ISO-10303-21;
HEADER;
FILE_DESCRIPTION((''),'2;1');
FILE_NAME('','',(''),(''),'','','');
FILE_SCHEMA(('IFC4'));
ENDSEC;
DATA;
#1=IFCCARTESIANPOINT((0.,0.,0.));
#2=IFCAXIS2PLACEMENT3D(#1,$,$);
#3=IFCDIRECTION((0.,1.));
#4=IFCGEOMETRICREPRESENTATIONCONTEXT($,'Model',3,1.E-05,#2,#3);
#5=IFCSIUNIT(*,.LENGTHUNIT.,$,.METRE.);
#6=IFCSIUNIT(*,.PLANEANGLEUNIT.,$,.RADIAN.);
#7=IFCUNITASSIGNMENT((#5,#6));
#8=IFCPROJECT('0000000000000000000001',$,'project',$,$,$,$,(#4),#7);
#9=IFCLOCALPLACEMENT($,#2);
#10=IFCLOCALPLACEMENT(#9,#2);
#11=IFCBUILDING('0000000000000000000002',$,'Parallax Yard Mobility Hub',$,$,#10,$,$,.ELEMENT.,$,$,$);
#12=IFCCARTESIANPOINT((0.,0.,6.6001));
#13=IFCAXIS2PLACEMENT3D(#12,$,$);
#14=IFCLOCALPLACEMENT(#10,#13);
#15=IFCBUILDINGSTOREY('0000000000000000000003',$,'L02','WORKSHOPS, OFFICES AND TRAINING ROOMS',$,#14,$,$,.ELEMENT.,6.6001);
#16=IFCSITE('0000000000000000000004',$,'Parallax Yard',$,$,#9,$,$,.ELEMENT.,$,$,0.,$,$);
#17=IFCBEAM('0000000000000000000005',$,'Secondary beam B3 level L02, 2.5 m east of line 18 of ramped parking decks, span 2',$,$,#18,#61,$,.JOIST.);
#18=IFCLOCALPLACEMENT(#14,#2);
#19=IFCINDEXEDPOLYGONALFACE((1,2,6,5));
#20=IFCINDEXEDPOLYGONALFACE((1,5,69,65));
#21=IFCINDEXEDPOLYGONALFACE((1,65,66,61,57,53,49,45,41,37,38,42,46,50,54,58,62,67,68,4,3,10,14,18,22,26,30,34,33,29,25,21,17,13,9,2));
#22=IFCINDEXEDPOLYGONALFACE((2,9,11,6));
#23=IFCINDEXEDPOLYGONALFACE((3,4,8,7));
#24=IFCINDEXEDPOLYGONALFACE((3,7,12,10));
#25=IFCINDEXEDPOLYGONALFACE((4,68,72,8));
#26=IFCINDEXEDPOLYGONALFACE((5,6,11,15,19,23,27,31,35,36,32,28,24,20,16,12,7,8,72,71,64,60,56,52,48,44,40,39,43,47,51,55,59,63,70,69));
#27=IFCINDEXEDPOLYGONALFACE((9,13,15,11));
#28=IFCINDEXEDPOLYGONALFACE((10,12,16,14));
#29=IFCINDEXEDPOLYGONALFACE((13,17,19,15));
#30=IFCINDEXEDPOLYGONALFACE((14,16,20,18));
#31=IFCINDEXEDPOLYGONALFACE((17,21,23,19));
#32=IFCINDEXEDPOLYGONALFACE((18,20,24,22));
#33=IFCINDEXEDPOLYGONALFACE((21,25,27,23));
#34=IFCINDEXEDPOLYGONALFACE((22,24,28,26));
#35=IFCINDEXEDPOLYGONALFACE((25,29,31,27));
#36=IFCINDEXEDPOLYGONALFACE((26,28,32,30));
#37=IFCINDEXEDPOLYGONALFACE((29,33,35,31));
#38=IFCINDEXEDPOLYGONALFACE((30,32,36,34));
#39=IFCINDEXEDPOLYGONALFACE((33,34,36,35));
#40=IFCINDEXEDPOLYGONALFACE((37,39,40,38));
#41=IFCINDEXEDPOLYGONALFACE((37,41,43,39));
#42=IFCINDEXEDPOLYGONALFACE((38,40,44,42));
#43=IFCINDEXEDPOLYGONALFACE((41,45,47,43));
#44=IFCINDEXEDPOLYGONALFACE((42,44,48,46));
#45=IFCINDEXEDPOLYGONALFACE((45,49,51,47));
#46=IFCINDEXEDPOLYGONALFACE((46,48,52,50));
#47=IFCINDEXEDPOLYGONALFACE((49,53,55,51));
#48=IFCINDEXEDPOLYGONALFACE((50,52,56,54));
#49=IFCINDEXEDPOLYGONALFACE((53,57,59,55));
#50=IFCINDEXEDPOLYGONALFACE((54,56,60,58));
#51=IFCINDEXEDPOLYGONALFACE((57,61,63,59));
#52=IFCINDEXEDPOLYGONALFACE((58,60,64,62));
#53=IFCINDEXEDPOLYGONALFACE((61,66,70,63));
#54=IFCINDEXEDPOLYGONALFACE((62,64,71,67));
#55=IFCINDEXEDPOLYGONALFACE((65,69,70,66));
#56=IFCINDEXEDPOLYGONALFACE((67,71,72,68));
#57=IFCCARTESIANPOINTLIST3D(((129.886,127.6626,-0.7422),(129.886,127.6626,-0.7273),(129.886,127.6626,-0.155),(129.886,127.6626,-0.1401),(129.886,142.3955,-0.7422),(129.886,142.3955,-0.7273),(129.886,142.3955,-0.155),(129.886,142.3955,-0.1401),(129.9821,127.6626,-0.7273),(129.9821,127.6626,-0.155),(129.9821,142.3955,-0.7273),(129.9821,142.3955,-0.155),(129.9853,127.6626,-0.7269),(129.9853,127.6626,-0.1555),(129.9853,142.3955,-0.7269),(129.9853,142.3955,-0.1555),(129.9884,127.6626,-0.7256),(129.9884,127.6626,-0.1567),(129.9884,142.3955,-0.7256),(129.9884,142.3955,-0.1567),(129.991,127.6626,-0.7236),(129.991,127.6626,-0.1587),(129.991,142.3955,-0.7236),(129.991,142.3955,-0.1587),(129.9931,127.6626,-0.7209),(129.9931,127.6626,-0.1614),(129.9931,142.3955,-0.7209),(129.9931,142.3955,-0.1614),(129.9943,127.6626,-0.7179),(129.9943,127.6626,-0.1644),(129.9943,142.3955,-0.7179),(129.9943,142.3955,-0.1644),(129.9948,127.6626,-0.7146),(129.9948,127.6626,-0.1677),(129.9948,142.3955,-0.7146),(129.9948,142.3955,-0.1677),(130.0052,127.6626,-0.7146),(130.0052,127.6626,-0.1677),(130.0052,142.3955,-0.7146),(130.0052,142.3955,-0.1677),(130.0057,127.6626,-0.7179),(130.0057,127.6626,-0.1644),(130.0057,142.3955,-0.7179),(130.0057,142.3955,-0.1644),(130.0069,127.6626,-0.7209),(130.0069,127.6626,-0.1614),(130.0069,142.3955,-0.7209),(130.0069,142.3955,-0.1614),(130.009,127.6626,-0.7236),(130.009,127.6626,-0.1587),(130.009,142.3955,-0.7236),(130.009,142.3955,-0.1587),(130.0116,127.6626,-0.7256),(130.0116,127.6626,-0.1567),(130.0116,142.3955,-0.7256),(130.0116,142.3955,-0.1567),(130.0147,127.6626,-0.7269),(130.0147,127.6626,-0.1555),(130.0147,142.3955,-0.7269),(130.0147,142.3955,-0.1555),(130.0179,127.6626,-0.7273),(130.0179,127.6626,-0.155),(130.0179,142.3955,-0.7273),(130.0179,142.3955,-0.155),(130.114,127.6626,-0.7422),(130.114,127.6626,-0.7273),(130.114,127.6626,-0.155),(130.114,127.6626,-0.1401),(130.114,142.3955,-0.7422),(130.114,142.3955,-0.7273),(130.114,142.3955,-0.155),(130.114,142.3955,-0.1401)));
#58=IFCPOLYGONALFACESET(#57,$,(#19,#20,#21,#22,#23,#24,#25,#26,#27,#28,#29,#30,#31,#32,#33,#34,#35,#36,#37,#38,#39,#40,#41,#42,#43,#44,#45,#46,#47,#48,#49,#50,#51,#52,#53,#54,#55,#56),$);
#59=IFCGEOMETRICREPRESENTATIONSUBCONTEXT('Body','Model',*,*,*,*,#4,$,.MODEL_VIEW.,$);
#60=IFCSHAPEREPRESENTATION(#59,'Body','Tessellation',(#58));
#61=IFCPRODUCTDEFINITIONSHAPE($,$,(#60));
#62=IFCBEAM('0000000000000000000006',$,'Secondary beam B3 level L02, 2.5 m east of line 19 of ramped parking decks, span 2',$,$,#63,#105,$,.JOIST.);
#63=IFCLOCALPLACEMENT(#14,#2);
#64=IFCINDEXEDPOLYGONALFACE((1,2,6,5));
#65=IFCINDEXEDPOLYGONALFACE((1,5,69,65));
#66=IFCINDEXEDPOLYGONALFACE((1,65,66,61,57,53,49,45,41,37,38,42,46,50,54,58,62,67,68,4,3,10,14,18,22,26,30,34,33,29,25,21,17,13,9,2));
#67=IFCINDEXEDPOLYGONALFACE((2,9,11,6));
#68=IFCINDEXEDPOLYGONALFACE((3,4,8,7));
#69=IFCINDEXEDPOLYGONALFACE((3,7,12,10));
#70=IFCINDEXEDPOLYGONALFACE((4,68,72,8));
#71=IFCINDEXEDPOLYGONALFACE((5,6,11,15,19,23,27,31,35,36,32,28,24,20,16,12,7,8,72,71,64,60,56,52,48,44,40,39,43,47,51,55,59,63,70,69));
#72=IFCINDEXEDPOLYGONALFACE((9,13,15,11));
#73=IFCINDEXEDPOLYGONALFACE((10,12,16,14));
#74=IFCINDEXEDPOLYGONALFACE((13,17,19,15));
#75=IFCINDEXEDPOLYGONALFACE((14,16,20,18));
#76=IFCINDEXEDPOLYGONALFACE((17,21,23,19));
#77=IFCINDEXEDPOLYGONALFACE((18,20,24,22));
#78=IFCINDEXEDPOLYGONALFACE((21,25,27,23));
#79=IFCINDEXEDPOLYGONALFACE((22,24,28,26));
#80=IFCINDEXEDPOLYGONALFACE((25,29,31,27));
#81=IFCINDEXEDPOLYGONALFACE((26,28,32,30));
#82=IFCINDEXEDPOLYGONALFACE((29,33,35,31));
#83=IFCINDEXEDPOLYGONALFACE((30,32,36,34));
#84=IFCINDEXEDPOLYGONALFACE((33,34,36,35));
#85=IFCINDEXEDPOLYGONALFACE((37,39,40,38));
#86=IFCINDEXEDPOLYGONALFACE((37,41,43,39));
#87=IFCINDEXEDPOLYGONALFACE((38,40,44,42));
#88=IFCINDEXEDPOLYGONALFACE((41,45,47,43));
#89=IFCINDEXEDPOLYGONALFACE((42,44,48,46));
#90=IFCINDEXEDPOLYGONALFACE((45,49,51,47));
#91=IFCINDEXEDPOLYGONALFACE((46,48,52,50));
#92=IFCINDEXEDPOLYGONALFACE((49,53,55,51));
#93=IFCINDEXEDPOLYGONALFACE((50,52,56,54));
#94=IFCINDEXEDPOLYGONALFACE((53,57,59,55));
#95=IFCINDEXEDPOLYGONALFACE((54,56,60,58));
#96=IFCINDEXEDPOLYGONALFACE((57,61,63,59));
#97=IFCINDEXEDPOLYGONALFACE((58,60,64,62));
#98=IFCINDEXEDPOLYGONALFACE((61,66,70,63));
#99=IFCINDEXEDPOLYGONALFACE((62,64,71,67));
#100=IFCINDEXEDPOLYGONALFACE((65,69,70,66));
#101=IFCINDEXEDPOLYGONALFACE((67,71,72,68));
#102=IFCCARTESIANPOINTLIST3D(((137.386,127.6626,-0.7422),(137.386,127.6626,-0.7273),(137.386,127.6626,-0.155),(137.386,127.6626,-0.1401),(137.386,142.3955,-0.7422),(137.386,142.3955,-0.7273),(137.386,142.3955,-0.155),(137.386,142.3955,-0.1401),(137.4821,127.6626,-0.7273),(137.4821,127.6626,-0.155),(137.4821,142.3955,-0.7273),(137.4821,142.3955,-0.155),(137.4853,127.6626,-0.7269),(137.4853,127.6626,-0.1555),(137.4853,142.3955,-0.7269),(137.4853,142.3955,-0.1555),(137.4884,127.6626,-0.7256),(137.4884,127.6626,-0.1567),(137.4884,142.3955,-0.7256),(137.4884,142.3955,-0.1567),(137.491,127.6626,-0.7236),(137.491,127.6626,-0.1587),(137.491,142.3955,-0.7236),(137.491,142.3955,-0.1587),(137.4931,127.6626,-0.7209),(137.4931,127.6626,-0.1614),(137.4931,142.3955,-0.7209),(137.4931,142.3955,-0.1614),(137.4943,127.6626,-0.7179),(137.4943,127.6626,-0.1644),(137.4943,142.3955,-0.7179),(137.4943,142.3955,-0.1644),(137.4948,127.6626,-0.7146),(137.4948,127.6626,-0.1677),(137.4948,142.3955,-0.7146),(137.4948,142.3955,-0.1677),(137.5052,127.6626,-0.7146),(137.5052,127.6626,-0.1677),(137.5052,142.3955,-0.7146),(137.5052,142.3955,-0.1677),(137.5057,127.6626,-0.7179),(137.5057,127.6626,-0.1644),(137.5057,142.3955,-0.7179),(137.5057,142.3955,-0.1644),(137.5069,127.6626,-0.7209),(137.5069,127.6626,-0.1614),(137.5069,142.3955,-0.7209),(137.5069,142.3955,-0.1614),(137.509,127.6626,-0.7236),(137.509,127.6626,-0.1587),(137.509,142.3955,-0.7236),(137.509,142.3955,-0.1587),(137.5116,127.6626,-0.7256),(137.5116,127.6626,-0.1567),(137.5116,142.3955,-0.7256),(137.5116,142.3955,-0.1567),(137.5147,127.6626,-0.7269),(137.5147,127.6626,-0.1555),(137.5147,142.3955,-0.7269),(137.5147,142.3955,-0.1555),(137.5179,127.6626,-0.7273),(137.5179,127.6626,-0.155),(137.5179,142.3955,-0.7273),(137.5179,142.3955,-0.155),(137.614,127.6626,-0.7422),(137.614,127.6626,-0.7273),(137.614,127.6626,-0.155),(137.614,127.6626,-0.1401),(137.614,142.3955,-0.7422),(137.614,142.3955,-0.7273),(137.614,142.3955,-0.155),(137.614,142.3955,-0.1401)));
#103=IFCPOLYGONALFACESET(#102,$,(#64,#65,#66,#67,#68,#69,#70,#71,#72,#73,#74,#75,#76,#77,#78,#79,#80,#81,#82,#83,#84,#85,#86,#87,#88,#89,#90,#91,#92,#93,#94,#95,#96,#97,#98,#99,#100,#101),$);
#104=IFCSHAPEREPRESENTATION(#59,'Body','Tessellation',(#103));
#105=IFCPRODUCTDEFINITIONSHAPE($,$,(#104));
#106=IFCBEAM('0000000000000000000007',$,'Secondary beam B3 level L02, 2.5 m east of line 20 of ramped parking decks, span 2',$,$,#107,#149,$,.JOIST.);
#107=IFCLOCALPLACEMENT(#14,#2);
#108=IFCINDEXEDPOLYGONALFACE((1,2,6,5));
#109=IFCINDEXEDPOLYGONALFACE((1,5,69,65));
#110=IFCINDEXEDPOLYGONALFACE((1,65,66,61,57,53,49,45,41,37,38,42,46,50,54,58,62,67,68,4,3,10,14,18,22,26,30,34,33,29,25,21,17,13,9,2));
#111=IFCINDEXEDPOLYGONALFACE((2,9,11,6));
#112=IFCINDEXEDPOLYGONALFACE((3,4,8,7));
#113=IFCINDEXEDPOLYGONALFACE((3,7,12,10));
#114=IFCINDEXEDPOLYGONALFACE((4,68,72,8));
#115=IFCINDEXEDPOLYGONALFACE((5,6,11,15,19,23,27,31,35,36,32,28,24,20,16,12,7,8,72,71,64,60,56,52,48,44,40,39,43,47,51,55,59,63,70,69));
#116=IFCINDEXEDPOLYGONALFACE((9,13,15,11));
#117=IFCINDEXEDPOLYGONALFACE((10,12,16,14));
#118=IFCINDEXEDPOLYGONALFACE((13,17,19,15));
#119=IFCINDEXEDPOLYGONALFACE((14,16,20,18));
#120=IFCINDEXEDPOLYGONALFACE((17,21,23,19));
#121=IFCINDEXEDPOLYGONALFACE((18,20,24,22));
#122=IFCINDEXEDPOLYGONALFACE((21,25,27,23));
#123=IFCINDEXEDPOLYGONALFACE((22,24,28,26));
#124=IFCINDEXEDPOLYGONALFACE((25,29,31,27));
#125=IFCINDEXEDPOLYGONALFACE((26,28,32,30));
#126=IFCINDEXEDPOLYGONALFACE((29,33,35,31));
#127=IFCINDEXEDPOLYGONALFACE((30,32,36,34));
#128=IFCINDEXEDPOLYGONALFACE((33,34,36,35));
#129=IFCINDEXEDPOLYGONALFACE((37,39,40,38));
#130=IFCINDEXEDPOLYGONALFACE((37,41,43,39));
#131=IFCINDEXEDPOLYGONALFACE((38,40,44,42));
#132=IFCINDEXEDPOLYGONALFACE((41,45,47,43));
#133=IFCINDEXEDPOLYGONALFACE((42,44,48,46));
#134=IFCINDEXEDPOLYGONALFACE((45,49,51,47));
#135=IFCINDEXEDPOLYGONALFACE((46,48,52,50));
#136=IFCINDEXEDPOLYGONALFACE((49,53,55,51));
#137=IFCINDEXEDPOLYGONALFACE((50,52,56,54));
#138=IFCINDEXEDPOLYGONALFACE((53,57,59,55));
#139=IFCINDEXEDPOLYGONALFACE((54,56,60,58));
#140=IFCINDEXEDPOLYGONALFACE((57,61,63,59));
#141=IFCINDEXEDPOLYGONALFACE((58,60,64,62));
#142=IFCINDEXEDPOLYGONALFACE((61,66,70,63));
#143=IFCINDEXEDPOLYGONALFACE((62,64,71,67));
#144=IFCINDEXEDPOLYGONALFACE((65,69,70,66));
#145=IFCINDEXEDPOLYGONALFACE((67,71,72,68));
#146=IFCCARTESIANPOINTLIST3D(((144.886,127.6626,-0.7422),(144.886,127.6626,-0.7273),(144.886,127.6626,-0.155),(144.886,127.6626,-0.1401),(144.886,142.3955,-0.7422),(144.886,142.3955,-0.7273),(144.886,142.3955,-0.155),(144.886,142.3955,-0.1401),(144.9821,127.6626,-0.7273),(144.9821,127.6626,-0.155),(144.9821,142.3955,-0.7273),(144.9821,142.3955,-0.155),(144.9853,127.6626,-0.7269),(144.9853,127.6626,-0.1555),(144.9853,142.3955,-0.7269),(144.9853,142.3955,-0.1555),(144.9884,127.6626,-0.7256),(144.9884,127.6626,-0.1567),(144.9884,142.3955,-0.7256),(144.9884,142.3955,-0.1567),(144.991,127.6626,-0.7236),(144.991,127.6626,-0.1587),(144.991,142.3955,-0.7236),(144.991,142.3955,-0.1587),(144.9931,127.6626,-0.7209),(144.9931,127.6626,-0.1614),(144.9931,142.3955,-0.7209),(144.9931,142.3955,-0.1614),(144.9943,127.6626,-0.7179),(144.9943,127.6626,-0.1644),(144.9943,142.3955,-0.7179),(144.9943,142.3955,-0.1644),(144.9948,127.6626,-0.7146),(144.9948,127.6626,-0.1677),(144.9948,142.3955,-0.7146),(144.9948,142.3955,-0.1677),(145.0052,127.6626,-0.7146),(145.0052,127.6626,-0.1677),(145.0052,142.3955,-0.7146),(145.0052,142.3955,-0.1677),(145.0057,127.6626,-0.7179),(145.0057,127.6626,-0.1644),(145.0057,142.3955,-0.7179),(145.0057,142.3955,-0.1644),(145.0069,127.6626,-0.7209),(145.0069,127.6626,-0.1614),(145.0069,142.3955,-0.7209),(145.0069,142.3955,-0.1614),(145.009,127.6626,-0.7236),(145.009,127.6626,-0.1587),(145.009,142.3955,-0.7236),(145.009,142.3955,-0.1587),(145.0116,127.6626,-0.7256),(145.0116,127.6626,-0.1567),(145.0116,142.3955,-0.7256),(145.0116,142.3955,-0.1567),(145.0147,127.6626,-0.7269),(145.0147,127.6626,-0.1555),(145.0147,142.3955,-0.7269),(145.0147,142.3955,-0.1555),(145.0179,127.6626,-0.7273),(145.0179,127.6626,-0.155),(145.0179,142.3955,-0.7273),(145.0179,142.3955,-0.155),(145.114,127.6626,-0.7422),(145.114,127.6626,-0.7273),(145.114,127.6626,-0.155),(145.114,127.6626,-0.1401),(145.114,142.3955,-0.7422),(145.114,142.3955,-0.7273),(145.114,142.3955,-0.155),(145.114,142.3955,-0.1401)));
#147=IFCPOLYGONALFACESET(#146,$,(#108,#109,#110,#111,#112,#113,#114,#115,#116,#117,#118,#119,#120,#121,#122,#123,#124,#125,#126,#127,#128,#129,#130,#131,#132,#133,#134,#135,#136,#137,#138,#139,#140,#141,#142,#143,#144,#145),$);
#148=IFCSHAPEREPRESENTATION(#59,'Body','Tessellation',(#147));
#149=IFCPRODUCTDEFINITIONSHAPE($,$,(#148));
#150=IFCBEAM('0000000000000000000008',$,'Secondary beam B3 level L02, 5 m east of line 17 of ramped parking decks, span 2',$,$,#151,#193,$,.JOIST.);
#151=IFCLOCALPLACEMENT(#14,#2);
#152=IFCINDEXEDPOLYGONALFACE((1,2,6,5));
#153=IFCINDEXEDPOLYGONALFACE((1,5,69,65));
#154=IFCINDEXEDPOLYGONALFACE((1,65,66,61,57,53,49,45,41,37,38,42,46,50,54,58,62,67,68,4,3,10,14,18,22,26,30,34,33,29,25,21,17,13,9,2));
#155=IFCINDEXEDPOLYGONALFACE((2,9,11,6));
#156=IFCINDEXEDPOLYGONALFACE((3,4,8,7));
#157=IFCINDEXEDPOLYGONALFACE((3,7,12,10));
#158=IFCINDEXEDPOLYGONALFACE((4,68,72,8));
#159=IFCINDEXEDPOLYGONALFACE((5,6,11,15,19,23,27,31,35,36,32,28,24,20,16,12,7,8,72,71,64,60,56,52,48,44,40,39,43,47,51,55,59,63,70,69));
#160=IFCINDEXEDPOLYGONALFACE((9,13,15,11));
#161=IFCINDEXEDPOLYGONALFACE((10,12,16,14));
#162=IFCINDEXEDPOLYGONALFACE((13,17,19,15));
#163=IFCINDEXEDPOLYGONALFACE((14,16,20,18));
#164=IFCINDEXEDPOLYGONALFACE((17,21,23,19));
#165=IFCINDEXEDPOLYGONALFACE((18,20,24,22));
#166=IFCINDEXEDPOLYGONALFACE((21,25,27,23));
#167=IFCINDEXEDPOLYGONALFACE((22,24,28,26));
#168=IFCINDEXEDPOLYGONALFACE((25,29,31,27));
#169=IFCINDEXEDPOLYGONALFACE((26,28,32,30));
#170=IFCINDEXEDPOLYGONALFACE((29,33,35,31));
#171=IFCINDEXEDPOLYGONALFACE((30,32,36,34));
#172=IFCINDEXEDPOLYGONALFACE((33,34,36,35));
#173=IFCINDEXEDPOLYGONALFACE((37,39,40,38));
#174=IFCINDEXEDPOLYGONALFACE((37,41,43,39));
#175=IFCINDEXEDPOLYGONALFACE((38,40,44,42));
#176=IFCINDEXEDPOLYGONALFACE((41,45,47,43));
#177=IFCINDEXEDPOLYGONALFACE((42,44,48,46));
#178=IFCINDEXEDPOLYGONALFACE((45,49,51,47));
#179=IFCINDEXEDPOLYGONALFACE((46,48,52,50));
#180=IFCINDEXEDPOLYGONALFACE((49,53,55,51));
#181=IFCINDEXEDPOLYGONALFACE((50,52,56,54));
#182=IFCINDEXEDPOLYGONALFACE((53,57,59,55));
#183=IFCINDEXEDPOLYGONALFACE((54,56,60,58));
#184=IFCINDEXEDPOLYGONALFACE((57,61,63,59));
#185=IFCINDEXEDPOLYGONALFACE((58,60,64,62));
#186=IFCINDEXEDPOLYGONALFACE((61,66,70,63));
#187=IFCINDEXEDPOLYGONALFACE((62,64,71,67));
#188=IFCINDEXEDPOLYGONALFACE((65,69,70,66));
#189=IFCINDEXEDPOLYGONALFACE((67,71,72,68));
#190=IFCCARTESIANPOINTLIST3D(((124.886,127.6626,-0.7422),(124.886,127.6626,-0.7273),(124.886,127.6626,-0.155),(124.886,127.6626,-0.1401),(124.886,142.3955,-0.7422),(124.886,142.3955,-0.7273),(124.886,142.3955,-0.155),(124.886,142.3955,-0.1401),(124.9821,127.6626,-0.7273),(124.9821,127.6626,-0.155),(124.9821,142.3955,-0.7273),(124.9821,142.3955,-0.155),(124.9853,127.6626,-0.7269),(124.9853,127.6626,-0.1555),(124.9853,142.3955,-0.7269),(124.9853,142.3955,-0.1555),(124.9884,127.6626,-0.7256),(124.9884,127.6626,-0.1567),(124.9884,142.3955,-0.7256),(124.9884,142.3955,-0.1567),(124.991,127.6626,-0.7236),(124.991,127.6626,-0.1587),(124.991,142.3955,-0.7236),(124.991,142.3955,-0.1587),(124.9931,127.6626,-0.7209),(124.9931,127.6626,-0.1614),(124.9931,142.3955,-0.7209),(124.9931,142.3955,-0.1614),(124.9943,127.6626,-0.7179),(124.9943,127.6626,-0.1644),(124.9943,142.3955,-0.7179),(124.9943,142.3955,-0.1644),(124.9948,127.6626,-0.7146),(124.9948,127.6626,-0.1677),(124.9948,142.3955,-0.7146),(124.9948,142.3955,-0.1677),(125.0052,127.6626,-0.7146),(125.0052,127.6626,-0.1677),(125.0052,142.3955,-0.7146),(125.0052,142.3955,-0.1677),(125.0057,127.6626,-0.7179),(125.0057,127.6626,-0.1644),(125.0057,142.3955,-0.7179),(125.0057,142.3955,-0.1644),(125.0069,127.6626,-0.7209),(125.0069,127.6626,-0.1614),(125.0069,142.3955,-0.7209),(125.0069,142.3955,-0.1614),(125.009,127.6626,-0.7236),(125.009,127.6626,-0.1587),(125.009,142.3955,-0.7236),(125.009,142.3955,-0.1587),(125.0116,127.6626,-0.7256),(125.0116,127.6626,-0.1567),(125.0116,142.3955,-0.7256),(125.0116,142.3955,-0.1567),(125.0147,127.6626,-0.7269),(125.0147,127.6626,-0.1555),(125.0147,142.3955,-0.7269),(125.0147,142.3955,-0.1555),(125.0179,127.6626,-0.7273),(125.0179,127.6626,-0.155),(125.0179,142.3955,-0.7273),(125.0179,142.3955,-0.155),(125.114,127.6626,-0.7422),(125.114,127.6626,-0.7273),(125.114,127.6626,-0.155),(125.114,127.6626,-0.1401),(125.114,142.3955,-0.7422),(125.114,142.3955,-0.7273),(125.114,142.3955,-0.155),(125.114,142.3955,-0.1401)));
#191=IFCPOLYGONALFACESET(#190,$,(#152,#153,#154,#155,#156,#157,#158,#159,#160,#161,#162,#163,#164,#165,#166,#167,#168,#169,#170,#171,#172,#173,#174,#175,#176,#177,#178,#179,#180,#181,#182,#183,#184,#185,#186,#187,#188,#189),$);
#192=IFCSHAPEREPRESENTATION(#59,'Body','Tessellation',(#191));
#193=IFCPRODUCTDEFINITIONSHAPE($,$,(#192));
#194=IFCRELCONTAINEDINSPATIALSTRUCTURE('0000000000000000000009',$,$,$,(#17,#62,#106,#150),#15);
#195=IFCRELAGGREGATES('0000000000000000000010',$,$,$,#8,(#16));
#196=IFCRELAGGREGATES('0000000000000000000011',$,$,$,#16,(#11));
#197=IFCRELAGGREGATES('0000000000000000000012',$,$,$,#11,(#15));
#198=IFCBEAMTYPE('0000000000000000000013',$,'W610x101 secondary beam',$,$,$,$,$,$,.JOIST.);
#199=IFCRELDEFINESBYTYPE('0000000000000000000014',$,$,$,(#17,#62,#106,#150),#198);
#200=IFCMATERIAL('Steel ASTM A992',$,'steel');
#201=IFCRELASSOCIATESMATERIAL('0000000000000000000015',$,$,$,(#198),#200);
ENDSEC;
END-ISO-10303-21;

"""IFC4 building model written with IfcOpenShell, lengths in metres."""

from ifc_helpers import new_model, si_unit, direction, frame, origin, origin_2d, place, context, subcontext, project, spatial, i_section, extrude, material, material_profile, profile_set, type_object, element, save


model = new_model("IFC4")

# Units and contexts
model_context = context("Model", 3, precision=1e-05, world=origin(), true_north=direction((0.0, 1.0)))
body_context = subcontext(model_context, "Body", "Model", "MODEL_VIEW")
ifc_project = project(units=[si_unit("LENGTHUNIT", "METRE"), si_unit("PLANEANGLEUNIT", "RADIAN")], contexts=[model_context])

# Site, building, storey
site_placement = place(None, origin())
site = spatial("IfcSite", under=ifc_project, at=site_placement, Name="Parallax Yard", CompositionType="ELEMENT", RefElevation=0.0)
building_placement = place(site_placement, origin())
building = spatial("IfcBuilding", under=site, at=building_placement, Name="Parallax Yard Mobility Hub", CompositionType="ELEMENT")
storey_placement = place(building_placement, frame((0.0, 0.0, 6.6001)))
storey = spatial("IfcBuildingStorey", under=building, at=storey_placement, Name="L02", Description="WORKSHOPS, OFFICES AND TRAINING ROOMS", CompositionType="ELEMENT", Elevation=6.6001)

# Shared definitions
ifc_material_1 = material(Name="Steel ASTM A992", Category="steel")

# Beams
ifc_material_profile_1 = material_profile(ifc_material_1, i_section(OverallWidth=0.228, OverallDepth=0.6021, WebThickness=0.0105, FlangeThickness=0.0149, FilletRadius=0.0127, at=origin_2d()), Name="W610x101")
ifc_profile_set_1 = profile_set([ifc_material_profile_1], Name="Steel ASTM A992")
beam_type_1 = type_object("IfcBeamType", Name="W610x101 secondary beam", PredefinedType="JOIST", material=ifc_profile_set_1)
for number, where, z_axis, x_axis, name in (
    (1, (130.0, 127.6626, -0.4412), (0.0, 1.0, 0.0), (-1.0, 0.0, 0.0), "Secondary beam B3 level L02, 2.5 m east of line 18 of ramped parking decks, span 2"),
    (2, (137.5, 127.6626, -0.4412), (0.0, 1.0, 0.0), (-1.0, 0.0, 0.0), "Secondary beam B3 level L02, 2.5 m east of line 19 of ramped parking decks, span 2"),
    (3, (145.0, 127.6626, -0.4412), (0.0, 1.0, 0.0), (-1.0, 0.0, 0.0), "Secondary beam B3 level L02, 2.5 m east of line 20 of ramped parking decks, span 2"),
    (4, (125.0, 127.6626, -0.4412), (0.0, 1.0, 0.0), (-1.0, 0.0, 0.0), "Secondary beam B3 level L02, 5 m east of line 17 of ramped parking decks, span 2"),
):
    element("IfcBeam", number, at=place(storey_placement, frame(where, z_axis=z_axis, x_axis=x_axis)), inside=storey, type_object=beam_type_1, Name=name, PredefinedType="JOIST", context=body_context, shape_type="SweptSolid", body=[
        extrude(i_section(OverallWidth=0.228, OverallDepth=0.6021, WebThickness=0.0105, FlangeThickness=0.0149, FilletRadius=0.0127, at=origin_2d()), origin(), (0.0, 0.0, 1.0), 14.7329),
    ])

save(model, "model.ifc")
